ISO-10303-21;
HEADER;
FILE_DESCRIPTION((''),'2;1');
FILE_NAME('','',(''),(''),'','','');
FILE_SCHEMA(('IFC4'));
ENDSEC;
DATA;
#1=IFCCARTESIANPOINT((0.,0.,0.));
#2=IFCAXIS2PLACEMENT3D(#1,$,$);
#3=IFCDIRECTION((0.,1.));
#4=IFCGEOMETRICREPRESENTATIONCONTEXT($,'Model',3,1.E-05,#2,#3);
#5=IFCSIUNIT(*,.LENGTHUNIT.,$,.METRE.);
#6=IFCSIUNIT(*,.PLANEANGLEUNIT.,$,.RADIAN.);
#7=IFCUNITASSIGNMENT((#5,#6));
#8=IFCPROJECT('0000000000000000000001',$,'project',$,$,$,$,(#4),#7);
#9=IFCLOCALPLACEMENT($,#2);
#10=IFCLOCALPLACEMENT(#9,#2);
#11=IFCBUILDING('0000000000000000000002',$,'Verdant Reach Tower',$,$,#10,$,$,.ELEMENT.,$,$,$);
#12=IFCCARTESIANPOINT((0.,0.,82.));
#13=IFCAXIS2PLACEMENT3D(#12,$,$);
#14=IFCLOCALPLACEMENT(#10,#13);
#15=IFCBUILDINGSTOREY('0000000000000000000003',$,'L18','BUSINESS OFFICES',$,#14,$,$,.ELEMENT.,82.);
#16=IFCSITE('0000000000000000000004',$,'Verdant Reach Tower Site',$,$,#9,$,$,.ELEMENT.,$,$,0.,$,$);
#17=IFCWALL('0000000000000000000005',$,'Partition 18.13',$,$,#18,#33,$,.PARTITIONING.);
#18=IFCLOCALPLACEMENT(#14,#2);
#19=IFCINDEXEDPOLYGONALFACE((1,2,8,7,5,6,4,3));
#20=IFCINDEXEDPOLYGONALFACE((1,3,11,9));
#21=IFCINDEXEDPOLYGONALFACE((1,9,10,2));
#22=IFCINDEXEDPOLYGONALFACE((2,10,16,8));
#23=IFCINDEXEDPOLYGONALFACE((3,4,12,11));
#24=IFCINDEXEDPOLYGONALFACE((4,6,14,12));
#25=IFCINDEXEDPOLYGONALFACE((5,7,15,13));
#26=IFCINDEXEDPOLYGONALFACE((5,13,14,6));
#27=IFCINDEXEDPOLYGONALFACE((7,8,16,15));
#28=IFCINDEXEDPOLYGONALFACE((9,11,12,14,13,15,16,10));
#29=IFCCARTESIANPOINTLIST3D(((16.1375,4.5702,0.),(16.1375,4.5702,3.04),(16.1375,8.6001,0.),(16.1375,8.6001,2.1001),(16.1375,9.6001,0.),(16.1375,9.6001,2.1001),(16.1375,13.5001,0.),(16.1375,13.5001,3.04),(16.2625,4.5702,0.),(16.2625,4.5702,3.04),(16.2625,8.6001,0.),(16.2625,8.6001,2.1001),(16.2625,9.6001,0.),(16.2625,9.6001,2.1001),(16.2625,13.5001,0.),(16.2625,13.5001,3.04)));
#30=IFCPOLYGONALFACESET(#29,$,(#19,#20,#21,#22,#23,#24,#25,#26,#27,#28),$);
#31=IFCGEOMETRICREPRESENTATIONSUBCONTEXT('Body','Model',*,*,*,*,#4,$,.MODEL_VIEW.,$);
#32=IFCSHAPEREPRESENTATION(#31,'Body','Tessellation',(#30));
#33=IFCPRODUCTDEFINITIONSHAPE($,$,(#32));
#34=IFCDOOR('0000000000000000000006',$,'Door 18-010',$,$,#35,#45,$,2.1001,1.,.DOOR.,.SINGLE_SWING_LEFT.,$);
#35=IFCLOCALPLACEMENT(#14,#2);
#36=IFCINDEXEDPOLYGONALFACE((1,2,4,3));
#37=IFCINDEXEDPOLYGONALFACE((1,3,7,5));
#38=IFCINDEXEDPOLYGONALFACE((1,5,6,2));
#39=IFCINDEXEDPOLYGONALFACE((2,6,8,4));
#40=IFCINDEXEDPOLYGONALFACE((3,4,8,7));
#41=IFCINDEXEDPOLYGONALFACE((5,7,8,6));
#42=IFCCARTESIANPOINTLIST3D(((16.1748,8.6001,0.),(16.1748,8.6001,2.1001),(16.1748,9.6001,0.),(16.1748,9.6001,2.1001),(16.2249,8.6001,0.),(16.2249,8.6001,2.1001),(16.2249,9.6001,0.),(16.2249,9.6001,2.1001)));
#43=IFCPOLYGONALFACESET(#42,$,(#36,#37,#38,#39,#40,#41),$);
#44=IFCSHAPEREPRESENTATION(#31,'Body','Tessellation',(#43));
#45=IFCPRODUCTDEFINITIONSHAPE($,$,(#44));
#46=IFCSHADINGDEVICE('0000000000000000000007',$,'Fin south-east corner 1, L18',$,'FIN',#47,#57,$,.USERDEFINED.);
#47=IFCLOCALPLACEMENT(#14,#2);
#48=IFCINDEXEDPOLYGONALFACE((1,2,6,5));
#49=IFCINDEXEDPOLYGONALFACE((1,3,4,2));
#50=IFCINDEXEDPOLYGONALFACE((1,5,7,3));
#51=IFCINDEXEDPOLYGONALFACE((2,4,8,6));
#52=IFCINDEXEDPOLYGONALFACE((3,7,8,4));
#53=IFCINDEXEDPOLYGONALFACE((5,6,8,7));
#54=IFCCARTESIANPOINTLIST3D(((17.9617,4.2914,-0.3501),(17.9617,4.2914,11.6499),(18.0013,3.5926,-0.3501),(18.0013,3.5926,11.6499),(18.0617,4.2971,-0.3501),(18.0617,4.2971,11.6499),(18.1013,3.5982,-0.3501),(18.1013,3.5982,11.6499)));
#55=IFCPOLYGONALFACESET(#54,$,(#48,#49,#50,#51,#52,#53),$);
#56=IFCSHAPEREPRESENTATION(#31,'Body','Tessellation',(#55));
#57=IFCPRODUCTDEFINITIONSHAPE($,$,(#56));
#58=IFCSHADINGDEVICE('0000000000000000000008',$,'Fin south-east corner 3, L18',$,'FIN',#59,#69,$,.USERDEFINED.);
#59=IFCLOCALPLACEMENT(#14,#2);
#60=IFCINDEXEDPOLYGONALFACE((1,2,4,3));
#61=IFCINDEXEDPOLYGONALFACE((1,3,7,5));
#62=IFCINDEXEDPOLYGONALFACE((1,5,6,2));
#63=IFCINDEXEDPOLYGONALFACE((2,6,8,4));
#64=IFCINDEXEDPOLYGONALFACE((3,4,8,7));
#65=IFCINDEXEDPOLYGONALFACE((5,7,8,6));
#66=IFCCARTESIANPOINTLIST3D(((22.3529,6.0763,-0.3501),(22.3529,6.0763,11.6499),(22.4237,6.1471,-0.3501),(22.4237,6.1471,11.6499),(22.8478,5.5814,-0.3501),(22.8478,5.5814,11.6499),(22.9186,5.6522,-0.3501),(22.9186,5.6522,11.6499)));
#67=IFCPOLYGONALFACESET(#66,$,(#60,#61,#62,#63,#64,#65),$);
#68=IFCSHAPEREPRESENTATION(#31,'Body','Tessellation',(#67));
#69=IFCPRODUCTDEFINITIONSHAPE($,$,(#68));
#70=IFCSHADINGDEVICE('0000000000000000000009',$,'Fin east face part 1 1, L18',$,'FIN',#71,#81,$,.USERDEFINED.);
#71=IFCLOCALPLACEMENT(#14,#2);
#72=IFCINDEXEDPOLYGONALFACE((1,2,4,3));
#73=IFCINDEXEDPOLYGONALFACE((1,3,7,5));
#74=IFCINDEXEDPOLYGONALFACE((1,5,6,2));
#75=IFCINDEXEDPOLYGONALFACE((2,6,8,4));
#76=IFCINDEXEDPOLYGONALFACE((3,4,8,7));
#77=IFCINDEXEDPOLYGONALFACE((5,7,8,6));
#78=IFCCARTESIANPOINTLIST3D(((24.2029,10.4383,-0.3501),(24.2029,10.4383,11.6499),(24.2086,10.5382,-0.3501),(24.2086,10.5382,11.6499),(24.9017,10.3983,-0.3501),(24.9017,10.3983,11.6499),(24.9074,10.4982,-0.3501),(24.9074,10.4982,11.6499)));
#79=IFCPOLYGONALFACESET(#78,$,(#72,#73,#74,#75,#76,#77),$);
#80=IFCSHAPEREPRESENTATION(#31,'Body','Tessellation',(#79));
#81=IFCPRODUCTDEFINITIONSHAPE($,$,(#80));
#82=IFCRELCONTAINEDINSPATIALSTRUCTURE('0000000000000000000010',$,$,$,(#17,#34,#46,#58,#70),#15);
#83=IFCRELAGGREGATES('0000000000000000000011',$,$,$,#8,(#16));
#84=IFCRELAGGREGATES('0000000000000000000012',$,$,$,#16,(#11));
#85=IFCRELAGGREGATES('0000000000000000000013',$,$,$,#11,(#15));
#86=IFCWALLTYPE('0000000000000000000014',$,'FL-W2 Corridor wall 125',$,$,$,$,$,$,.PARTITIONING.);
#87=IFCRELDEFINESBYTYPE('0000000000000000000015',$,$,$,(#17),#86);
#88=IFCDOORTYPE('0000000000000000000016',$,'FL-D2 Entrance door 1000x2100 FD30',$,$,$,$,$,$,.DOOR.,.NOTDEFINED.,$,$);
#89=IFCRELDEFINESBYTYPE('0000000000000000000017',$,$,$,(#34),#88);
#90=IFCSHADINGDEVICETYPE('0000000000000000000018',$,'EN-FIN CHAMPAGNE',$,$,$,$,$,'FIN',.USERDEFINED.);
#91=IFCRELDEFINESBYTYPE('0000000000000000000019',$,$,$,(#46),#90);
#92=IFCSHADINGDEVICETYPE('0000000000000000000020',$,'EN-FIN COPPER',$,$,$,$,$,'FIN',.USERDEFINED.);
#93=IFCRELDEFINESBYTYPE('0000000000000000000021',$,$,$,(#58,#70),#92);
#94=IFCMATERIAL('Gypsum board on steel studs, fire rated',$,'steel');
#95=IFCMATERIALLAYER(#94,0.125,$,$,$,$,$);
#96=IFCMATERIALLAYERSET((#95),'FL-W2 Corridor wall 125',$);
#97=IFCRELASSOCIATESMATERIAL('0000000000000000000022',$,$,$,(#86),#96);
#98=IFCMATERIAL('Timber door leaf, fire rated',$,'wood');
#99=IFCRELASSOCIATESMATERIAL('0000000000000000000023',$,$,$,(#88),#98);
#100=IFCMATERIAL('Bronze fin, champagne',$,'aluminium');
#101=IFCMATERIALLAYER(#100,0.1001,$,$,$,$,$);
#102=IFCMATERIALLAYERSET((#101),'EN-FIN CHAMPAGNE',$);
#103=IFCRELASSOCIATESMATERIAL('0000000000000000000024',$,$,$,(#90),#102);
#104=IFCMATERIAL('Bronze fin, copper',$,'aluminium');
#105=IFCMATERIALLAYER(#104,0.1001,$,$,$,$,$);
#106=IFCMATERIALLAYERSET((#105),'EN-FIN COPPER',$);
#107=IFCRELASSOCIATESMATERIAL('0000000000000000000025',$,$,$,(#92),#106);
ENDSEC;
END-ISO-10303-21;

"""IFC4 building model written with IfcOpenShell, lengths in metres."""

from ifc_helpers import new_model, si_unit, direction, frame, frame_2d, origin, origin_2d, place, context, subcontext, project, spatial, rectangle, extrude, material, layer, layer_set, type_object, element, fill, save


model = new_model("IFC4")

# Units and contexts
model_context = context("Model", 3, precision=1e-05, world=origin(), true_north=direction((0.0, 1.0)))
body_context = subcontext(model_context, "Body", "Model", "MODEL_VIEW")
ifc_project = project(units=[si_unit("LENGTHUNIT", "METRE"), si_unit("PLANEANGLEUNIT", "RADIAN")], contexts=[model_context])

# Site, building, storey
site_placement = place(None, origin())
site = spatial("IfcSite", under=ifc_project, at=site_placement, Name="Verdant Reach Tower Site", CompositionType="ELEMENT", RefElevation=0.0)
building_placement = place(site_placement, origin())
building = spatial("IfcBuilding", under=site, at=building_placement, Name="Verdant Reach Tower", CompositionType="ELEMENT")
storey_placement = place(building_placement, frame((0.0, 0.0, 82.0)))
storey = spatial("IfcBuildingStorey", under=building, at=storey_placement, Name="L18", Description="BUSINESS OFFICES", CompositionType="ELEMENT", Elevation=82.0)

# Wall, opening, door
ifc_material_1 = material(Name="Gypsum board on steel studs, fire rated", Category="steel")
ifc_layer_1 = layer(ifc_material_1, 0.125)
ifc_layer_set_1 = layer_set([ifc_layer_1], Name="FL-W2 Corridor wall 125")
wall_type_1 = type_object("IfcWallType", Name="FL-W2 Corridor wall 125", PredefinedType="PARTITIONING", material=ifc_layer_set_1)
wall_1_placement = place(storey_placement, frame((16.2, 13.5, 0.0), z_axis=(0.0, 0.0, 1.0), x_axis=(0.0, -1.0, 0.0)))
wall_1 = element("IfcWall", 1, at=wall_1_placement, inside=storey, type_object=wall_type_1, Name="Partition 18.13", PredefinedType="PARTITIONING", context=body_context, shape_type="SweptSolid", body=[
    extrude(rectangle(XDim=8.9299, YDim=0.125, at=frame_2d((4.4648, 0.0))), origin(), (0.0, 0.0, 1.0), 3.04),
])
opening_placement = place(wall_1_placement, frame((3.8999, 0.0, 0.0)))
opening = element("IfcOpeningElement", 2, at=opening_placement, cuts=wall_1, PredefinedType="OPENING", context=body_context, shape_type="SweptSolid", body=[
    extrude(rectangle(XDim=1.0, YDim=2.1001, at=frame_2d((0.5, 1.05))), frame((0.0, 0.0725, 0.0), z_axis=(0.0, -1.0, 0.0), x_axis=(1.0, 0.0, 0.0)), (0.0, 0.0, 1.0), 0.145),
])
ifc_material_2 = material(Name="Timber door leaf, fire rated", Category="wood")
door_type = type_object("IfcDoorType", Name="FL-D2 Entrance door 1000x2100 FD30", OperationType="NOTDEFINED", PredefinedType="DOOR", material=ifc_material_2)
door_placement = place(opening_placement, origin())
door = element("IfcDoor", 3, at=door_placement, inside=storey, type_object=door_type, Name="Door 18-010", OperationType="SINGLE_SWING_LEFT", OverallHeight=2.1001, OverallWidth=1.0, PredefinedType="DOOR", context=body_context, shape_type="SweptSolid", body=[
    extrude(rectangle(XDim=1.0, YDim=2.1001, at=frame_2d((0.5, 1.05))), frame((0.0, 0.0249, 0.0), z_axis=(0.0, -1.0, 0.0), x_axis=(1.0, 0.0, 0.0)), (0.0, 0.0, 1.0), 0.05),
])
fill(opening, door)

# Shading devices
ifc_material_3 = material(Name="Bronze fin, champagne", Category="aluminium")
ifc_layer_2 = layer(ifc_material_3, 0.1001)
ifc_layer_set_2 = layer_set([ifc_layer_2], Name="EN-FIN CHAMPAGNE")
shading_device_type_1 = type_object("IfcShadingDeviceType", Name="EN-FIN CHAMPAGNE", ElementType="FIN", PredefinedType="USERDEFINED", material=ifc_layer_set_2)
shading_device_placement = place(storey_placement, frame((18.0315, 3.9448, -0.3501), z_axis=(0.0, 0.0, 1.0), x_axis=(0.998399, 0.056569, 0.0)))
element("IfcShadingDevice", 4, at=shading_device_placement, inside=storey, type_object=shading_device_type_1, Name="Fin south-east corner 1, L18", ObjectType="FIN", PredefinedType="USERDEFINED", context=body_context, shape_type="SweptSolid", body=[
    extrude(rectangle(XDim=0.1001, YDim=0.7, at=origin_2d()), origin(), (0.0, 0.0, 1.0), 12.0),
])
ifc_material_4 = material(Name="Bronze fin, copper", Category="aluminium")
ifc_layer_3 = layer(ifc_material_4, 0.1001)
ifc_layer_set_3 = layer_set([ifc_layer_3], Name="EN-FIN COPPER")
shading_device_type_2 = type_object("IfcShadingDeviceType", Name="EN-FIN COPPER", ElementType="FIN", PredefinedType="USERDEFINED", material=ifc_layer_set_3)
for number, where, z_axis, x_axis, name in (
    (5, (22.6357, 5.8643, -0.3501), (0.0, 0.0, 1.0), (0.707107, 0.707107, 0.0), "Fin south-east corner 3, L18"),
    (6, (24.5552, 10.4683, -0.3501), (0.0, 0.0, 1.0), (0.057135, 0.998366, 0.0), "Fin east face part 1 1, L18"),
):
    element("IfcShadingDevice", number, at=place(storey_placement, frame(where, z_axis=z_axis, x_axis=x_axis)), inside=storey, type_object=shading_device_type_2, Name=name, ObjectType="FIN", PredefinedType="USERDEFINED", context=body_context, shape_type="SweptSolid", body=[
        extrude(rectangle(XDim=0.1001, YDim=0.7, at=origin_2d()), origin(), (0.0, 0.0, 1.0), 12.0),
    ])

save(model, "model.ifc")
